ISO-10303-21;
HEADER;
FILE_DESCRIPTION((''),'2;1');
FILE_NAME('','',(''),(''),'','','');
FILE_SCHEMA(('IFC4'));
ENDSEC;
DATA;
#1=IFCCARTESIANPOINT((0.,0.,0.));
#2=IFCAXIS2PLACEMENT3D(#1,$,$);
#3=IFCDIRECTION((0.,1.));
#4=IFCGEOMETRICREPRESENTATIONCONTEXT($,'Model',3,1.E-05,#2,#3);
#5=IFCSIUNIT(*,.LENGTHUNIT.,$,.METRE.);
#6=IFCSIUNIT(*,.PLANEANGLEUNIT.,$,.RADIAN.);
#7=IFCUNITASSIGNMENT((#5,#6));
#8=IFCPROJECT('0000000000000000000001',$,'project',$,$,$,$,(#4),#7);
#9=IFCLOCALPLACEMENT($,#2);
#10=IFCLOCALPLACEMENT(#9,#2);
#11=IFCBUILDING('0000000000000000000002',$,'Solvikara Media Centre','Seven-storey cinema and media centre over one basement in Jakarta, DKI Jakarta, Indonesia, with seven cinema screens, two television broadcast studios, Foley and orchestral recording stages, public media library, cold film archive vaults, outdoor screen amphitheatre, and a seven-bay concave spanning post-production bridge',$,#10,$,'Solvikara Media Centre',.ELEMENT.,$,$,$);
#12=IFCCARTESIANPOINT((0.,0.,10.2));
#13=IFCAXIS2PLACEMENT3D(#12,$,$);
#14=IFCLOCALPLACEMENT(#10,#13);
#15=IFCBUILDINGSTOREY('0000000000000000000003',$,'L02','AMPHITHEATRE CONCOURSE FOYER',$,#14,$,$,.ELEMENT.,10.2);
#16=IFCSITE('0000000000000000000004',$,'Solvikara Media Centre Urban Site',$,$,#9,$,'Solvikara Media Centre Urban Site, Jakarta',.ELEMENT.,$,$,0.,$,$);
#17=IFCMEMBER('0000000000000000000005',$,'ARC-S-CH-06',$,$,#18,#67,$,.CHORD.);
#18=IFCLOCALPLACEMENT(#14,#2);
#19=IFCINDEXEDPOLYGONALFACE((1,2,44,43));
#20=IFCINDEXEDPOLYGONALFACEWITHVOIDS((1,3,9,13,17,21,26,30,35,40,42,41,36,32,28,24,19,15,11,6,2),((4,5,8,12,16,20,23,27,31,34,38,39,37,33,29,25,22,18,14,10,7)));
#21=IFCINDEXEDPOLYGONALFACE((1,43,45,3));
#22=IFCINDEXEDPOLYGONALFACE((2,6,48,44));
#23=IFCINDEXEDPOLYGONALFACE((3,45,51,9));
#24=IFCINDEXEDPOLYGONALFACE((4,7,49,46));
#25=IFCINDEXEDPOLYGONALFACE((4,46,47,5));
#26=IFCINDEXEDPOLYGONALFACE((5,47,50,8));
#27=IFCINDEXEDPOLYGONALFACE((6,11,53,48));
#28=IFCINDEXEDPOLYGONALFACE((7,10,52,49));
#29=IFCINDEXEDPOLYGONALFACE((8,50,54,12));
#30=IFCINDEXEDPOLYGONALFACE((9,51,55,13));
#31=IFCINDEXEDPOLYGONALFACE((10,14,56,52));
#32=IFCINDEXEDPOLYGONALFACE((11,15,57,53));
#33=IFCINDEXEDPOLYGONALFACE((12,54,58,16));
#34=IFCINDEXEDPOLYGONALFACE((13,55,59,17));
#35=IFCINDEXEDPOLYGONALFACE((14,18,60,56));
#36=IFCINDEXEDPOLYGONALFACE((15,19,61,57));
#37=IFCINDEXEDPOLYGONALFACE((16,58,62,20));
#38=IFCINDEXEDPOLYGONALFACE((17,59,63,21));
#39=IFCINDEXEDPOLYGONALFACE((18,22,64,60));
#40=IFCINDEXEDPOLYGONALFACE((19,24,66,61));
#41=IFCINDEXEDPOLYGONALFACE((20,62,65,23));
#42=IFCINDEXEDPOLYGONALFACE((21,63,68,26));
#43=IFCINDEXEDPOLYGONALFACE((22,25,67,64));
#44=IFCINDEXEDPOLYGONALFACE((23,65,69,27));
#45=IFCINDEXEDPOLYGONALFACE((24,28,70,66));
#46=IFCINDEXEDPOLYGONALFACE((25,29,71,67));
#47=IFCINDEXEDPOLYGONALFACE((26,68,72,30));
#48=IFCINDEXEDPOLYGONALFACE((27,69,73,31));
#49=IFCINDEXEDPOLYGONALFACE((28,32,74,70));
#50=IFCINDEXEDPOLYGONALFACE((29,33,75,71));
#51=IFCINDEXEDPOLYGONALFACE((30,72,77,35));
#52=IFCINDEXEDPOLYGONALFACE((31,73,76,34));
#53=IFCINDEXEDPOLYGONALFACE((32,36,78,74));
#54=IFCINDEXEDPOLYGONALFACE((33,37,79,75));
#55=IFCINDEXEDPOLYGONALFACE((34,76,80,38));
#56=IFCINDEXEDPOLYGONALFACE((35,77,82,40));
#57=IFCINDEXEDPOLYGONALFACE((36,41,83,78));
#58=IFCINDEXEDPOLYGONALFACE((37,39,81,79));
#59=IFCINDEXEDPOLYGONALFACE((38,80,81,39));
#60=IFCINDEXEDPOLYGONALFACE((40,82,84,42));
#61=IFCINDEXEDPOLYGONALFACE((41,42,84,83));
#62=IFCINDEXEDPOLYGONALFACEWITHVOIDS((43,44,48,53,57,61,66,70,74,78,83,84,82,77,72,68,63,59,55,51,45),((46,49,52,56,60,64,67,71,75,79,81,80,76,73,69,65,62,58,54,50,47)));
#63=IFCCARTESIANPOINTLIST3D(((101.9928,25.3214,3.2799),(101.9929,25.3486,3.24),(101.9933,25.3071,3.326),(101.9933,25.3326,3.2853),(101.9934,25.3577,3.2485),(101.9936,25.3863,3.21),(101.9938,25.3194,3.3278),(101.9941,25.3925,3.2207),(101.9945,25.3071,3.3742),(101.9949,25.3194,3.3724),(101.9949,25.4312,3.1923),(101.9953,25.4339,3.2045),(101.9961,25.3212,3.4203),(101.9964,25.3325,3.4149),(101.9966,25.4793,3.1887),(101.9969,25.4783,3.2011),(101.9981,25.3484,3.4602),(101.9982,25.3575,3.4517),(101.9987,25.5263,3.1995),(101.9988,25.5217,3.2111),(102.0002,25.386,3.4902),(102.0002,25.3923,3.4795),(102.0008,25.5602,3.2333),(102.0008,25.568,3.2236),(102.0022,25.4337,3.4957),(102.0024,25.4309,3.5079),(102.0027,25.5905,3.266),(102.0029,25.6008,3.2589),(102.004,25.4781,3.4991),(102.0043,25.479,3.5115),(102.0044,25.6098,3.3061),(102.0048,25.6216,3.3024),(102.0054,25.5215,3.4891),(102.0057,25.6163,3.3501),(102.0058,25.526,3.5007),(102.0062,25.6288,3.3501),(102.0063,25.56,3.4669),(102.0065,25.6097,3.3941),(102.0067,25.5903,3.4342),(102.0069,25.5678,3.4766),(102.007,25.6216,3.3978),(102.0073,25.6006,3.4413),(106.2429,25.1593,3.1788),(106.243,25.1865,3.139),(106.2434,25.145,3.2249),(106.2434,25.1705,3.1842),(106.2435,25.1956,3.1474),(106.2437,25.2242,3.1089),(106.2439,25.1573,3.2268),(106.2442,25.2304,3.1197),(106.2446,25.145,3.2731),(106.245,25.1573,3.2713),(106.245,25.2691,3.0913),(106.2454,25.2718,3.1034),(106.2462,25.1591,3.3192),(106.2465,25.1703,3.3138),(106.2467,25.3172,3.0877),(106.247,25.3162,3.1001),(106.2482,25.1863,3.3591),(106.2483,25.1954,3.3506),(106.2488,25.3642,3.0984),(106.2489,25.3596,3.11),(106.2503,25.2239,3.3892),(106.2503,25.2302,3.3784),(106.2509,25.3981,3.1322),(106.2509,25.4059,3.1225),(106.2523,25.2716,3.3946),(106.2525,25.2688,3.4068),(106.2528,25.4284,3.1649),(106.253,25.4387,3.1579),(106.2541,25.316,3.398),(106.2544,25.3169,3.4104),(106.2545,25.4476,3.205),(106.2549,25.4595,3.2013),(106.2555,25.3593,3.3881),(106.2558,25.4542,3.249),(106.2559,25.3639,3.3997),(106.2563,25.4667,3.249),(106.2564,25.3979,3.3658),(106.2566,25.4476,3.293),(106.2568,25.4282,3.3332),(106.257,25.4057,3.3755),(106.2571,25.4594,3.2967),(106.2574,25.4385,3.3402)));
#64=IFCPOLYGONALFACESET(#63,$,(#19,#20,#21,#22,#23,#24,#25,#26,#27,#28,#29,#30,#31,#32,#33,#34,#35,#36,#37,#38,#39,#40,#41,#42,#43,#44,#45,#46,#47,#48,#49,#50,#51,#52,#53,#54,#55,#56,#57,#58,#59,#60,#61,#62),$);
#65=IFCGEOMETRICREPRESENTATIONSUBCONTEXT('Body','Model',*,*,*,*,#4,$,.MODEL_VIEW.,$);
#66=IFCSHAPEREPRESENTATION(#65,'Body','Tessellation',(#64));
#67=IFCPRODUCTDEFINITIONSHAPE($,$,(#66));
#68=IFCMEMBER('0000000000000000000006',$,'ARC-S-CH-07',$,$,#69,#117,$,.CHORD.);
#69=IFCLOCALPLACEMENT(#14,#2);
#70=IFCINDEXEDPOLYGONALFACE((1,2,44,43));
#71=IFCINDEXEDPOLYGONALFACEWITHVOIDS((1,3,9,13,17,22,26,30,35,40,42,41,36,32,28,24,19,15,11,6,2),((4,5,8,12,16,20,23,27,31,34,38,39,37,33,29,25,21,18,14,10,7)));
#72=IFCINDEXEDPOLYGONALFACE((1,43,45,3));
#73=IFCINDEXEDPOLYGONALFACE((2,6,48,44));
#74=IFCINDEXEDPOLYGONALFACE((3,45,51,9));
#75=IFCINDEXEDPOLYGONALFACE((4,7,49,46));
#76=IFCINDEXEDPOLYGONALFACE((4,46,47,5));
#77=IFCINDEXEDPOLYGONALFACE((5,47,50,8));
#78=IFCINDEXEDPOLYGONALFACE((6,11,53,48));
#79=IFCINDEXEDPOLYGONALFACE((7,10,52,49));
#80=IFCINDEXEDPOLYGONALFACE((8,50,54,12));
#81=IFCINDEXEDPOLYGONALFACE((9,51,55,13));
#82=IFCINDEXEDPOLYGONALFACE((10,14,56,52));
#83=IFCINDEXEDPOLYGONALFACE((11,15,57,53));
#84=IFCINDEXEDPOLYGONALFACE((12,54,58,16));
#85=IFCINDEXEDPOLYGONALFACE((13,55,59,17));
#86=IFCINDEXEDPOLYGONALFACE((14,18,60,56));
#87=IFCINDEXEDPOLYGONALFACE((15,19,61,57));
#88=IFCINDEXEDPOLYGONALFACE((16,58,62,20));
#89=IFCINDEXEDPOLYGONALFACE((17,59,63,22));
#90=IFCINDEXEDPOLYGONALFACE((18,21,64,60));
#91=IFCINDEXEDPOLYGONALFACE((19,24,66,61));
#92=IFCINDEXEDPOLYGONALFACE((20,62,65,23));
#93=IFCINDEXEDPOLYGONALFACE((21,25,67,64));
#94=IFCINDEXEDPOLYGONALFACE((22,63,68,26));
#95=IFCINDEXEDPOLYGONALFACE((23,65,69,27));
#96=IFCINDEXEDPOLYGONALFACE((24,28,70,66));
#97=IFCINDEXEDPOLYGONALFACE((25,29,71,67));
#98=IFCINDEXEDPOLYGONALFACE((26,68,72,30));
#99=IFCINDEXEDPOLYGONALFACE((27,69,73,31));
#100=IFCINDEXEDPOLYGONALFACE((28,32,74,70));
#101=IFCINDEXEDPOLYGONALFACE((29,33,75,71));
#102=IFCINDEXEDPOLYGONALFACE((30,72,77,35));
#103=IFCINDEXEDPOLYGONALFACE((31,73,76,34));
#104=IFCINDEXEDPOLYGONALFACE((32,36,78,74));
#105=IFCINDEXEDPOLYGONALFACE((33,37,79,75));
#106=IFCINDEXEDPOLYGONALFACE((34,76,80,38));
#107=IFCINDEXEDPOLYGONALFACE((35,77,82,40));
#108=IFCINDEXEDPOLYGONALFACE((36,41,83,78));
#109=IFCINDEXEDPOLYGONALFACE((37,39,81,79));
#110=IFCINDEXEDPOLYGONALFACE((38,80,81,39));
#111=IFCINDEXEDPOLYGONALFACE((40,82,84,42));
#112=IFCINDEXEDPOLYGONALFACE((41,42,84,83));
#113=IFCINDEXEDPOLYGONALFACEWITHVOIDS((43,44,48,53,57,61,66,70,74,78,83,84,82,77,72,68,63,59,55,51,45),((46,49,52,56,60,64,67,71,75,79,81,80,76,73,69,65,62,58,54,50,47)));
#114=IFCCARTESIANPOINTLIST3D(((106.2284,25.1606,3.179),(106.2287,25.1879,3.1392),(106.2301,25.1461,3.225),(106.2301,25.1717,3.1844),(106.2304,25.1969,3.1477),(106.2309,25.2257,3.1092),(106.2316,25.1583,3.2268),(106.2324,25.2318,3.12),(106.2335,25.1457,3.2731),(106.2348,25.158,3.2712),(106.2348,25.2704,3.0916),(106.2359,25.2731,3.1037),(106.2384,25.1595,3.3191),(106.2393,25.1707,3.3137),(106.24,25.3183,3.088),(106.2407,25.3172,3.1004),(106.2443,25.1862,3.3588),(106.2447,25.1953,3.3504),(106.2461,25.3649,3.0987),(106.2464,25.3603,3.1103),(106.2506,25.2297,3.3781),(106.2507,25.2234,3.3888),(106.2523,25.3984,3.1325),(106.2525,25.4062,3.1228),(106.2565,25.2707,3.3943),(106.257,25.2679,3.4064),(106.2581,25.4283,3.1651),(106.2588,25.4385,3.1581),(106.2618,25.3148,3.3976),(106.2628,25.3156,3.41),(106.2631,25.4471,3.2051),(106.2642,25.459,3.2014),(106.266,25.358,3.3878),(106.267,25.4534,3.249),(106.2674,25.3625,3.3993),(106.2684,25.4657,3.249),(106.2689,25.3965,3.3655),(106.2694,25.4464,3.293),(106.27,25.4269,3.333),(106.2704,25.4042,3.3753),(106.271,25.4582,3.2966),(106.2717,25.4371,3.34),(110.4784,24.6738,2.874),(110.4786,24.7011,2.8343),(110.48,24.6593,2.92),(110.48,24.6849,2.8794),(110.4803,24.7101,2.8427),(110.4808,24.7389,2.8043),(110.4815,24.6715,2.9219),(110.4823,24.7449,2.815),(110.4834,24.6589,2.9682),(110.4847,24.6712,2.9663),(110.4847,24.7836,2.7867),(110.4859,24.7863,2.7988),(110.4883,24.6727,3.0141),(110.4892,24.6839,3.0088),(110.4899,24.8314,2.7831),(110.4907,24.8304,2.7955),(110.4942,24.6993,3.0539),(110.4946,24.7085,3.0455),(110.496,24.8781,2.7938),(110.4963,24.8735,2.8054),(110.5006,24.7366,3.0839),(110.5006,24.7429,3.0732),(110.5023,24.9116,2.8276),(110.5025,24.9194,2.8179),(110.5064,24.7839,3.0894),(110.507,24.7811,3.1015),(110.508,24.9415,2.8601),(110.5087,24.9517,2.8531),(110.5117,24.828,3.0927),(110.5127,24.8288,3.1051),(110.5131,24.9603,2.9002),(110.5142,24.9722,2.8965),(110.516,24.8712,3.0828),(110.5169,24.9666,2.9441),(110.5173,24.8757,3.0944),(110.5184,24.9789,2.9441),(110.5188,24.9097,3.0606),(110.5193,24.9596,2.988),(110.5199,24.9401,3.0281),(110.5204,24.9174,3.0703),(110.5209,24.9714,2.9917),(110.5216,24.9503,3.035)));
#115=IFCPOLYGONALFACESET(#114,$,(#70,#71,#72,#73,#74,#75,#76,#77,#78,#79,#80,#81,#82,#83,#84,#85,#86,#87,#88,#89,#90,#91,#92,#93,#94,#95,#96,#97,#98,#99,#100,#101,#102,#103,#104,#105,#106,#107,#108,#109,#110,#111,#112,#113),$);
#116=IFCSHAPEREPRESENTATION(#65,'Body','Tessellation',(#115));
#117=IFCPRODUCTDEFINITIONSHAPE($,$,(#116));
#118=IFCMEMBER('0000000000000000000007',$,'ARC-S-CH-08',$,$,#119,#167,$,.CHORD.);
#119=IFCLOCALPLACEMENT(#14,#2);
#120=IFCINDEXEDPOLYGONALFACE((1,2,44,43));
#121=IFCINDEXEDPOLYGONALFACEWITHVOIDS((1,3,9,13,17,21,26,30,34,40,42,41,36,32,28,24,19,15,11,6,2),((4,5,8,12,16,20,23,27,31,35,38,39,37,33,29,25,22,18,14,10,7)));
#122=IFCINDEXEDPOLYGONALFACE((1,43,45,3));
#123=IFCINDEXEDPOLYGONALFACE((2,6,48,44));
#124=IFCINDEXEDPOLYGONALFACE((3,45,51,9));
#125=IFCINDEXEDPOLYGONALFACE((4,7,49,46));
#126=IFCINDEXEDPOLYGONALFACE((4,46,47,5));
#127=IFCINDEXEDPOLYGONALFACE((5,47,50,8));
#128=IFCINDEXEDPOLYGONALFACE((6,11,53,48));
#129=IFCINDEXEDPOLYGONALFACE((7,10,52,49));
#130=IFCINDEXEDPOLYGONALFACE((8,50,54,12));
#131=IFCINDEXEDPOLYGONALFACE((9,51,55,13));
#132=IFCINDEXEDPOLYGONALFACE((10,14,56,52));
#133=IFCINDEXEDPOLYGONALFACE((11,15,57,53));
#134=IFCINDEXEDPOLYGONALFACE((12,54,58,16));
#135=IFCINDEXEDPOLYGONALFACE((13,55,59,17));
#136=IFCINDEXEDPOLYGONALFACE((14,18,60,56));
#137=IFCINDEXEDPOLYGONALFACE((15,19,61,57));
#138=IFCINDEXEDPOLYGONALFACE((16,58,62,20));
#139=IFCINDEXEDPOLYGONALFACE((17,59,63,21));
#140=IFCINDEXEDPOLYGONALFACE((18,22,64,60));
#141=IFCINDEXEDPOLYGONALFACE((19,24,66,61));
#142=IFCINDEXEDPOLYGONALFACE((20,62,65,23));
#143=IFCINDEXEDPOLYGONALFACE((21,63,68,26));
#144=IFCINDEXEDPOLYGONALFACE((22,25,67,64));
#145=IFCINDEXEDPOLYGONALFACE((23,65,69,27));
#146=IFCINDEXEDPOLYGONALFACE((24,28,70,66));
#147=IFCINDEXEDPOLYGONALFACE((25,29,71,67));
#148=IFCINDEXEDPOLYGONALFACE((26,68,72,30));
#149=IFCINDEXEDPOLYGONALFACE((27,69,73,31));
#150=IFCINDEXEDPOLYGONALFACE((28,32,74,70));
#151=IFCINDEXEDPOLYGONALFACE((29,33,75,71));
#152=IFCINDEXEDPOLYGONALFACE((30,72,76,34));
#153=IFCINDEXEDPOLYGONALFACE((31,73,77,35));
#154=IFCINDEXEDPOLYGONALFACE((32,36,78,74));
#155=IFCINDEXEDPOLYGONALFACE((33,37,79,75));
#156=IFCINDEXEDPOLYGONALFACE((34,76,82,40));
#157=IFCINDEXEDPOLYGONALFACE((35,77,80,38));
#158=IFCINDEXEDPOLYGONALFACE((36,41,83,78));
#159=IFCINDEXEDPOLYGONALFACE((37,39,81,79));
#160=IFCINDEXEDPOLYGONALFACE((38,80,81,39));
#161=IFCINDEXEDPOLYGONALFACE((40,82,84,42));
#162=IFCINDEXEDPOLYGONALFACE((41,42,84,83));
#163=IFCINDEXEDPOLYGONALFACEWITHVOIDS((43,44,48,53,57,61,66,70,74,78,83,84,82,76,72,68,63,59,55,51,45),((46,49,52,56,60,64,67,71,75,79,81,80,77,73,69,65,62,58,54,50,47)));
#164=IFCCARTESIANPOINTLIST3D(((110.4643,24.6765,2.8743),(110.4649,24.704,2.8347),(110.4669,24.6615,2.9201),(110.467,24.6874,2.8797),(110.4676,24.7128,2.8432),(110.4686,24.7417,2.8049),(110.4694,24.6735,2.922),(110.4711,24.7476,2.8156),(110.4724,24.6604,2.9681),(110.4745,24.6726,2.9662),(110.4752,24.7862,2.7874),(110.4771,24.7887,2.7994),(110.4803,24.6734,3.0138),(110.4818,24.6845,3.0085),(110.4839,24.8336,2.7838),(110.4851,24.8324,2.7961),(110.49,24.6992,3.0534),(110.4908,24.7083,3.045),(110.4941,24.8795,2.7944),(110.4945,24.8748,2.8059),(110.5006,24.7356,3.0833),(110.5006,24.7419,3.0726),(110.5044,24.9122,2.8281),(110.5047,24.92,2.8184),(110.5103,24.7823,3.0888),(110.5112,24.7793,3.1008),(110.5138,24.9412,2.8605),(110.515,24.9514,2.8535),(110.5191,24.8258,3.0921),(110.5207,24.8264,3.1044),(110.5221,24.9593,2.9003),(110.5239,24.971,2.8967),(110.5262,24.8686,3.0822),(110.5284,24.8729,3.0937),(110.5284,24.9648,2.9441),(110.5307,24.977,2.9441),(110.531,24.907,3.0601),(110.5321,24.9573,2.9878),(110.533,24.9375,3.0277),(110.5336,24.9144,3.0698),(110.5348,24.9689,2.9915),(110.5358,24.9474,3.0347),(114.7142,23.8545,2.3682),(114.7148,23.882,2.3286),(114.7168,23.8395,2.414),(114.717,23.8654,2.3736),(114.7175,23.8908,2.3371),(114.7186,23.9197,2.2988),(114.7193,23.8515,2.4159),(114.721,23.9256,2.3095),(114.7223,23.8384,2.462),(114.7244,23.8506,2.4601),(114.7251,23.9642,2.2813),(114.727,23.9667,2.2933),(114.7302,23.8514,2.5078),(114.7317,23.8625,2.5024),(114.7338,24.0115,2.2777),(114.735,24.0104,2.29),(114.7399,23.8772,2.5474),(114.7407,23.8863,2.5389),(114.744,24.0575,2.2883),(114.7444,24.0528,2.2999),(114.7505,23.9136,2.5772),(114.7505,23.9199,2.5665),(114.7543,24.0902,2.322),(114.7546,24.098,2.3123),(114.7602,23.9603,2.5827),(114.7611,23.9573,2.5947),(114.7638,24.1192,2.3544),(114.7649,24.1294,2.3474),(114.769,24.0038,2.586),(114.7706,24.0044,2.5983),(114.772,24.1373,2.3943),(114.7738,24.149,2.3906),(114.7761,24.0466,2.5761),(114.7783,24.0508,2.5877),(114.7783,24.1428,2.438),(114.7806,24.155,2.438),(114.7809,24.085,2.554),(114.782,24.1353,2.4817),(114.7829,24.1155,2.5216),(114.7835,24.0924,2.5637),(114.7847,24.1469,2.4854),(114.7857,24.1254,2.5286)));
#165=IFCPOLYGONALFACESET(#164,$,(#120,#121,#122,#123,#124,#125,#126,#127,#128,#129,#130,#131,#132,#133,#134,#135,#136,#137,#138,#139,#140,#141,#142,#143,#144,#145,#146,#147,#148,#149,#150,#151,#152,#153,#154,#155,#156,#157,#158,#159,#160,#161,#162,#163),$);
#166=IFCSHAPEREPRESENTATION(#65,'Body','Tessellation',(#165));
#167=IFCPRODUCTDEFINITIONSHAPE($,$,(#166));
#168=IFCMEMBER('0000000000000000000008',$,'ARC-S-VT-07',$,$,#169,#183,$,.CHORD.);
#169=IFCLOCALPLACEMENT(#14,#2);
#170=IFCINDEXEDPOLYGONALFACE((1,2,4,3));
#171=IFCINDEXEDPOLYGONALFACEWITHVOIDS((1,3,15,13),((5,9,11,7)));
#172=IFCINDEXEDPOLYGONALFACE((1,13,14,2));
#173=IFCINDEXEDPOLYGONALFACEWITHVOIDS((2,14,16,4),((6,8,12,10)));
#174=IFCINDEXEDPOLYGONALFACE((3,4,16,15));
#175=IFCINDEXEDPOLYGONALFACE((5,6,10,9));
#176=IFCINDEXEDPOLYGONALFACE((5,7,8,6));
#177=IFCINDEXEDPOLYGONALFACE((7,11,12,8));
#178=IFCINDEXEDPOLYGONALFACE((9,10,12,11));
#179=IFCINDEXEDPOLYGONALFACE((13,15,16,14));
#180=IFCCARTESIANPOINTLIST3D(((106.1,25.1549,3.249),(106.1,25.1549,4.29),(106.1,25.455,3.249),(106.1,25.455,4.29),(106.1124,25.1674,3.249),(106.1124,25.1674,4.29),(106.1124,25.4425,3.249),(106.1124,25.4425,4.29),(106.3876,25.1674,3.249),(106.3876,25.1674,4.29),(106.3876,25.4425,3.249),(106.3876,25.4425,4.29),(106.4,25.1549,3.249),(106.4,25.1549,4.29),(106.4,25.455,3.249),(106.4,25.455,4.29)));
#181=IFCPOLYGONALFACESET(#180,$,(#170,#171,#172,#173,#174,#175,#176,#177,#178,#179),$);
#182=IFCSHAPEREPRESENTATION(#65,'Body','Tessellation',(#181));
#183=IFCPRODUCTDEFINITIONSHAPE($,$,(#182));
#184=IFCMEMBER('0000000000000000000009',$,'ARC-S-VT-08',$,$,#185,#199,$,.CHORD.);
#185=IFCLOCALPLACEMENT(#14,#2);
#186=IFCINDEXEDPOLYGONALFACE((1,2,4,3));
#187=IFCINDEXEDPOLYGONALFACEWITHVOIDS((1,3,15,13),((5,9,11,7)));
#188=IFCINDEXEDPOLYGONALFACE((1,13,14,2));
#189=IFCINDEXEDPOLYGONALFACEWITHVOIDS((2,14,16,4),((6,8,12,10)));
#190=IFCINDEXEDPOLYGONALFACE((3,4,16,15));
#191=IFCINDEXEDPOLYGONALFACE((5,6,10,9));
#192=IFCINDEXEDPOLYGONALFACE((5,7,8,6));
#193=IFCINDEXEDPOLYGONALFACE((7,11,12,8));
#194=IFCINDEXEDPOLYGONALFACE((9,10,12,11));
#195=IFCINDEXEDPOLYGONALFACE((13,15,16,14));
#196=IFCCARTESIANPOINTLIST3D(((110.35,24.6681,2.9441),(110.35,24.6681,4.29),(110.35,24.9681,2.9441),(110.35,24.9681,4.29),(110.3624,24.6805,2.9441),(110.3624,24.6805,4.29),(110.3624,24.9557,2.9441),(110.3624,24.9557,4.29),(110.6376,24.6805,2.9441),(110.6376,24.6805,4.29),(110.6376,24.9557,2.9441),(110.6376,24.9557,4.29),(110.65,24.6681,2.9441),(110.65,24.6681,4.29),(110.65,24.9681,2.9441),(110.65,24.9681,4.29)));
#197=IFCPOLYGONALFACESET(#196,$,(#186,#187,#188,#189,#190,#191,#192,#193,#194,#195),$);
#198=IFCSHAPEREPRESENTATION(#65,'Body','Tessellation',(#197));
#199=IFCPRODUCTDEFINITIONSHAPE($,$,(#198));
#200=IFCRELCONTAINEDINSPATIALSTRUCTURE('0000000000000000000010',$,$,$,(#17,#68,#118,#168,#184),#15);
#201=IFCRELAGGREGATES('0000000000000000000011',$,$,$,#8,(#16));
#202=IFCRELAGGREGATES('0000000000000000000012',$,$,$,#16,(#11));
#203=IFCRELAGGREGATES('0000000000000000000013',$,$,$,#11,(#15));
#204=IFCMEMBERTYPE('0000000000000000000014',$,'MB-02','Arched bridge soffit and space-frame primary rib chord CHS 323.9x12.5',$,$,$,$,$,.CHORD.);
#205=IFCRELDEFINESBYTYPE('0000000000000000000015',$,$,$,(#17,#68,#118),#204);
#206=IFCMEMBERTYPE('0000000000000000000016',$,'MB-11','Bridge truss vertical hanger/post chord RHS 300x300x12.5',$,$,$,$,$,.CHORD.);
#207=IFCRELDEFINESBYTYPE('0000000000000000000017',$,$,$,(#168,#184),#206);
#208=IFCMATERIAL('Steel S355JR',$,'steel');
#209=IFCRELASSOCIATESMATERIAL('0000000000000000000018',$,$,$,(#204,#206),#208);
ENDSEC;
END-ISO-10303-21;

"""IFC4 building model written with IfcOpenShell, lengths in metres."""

from ifc_helpers import new_model, si_unit, direction, frame, origin, origin_2d, place, context, subcontext, project, spatial, hollow_rectangle, hollow_circle, extrude, material, material_profile, profile_set, type_object, element, save


model = new_model("IFC4")

# Units and contexts
model_context = context("Model", 3, precision=1e-05, world=origin(), true_north=direction((0.0, 1.0)))
body_context = subcontext(model_context, "Body", "Model", "MODEL_VIEW")
ifc_project = project(units=[si_unit("LENGTHUNIT", "METRE"), si_unit("PLANEANGLEUNIT", "RADIAN")], contexts=[model_context])

# Site, building, storey
site_placement = place(None, origin())
site = spatial("IfcSite", under=ifc_project, at=site_placement, Name="Solvikara Media Centre Urban Site", LongName="Solvikara Media Centre Urban Site, Jakarta", CompositionType="ELEMENT", RefElevation=0.0)
building_placement = place(site_placement, origin())
building = spatial("IfcBuilding", under=site, at=building_placement, Name="Solvikara Media Centre", Description="Seven-storey cinema and media centre over one basement in Jakarta, DKI Jakarta, Indonesia, with seven cinema screens, two television broadcast studios, Foley and orchestral recording stages, public media library, cold film archive vaults, outdoor screen amphitheatre, and a seven-bay concave spanning post-production bridge", LongName="Solvikara Media Centre", CompositionType="ELEMENT")
storey_placement = place(building_placement, frame((0.0, 0.0, 10.2)))
storey = spatial("IfcBuildingStorey", under=building, at=storey_placement, Name="L02", Description="AMPHITHEATRE CONCOURSE FOYER", CompositionType="ELEMENT", Elevation=10.2)

# Members
ifc_material_1 = material(Name="Steel S355JR", Category="steel")
ifc_material_profile_1 = material_profile(ifc_material_1, hollow_circle(Radius=0.1619, WallThickness=0.0125, at=origin_2d()), Name="CHS 323.9x12.5")
ifc_profile_set_1 = profile_set([ifc_material_profile_1], Name="Steel S355JR")
member_type_1 = type_object("IfcMemberType", Name="MB-02", Description="Arched bridge soffit and space-frame primary rib chord CHS 323.9x12.5", PredefinedType="CHORD", material=ifc_profile_set_1)
member_1_placement = place(storey_placement, frame((102.0, 25.467, 3.3501), z_axis=(0.998991, -0.038105, -0.023758), x_axis=(0.038116, 0.999273, 0.0)))
element("IfcMember", 1, at=member_1_placement, inside=storey, type_object=member_type_1, Name="ARC-S-CH-06", PredefinedType="CHORD", context=body_context, shape_type="SweptSolid", body=[
    extrude(hollow_circle(Radius=0.1619, WallThickness=0.0125, at=origin_2d()), origin(), (0.0, 0.0, 1.0), 4.2544),
])
member_2_placement = place(storey_placement, frame((106.25, 25.3049, 3.249), z_axis=(0.990989, -0.113513, -0.071102), x_axis=(0.113801, 0.993504, 0.0)))
element("IfcMember", 2, at=member_2_placement, inside=storey, type_object=member_type_1, Name="ARC-S-CH-07", PredefinedType="CHORD", context=body_context, shape_type="SweptSolid", body=[
    extrude(hollow_circle(Radius=0.1619, WallThickness=0.0125, at=origin_2d()), origin(), (0.0, 0.0, 1.0), 4.2886),
])
member_3_placement = place(storey_placement, frame((110.5, 24.8181, 2.9441), z_axis=(0.975162, -0.188613, -0.116125), x_axis=(0.189897, 0.981804, 0.0)))
element("IfcMember", 3, at=member_3_placement, inside=storey, type_object=member_type_1, Name="ARC-S-CH-08", PredefinedType="CHORD", context=body_context, shape_type="SweptSolid", body=[
    extrude(hollow_circle(Radius=0.1619, WallThickness=0.0125, at=origin_2d()), origin(), (0.0, 0.0, 1.0), 4.3582),
])
ifc_material_profile_2 = material_profile(ifc_material_1, hollow_rectangle(XDim=0.3, YDim=0.3, WallThickness=0.0125, at=origin_2d()), Name="RHS 300x300x12.5")
ifc_profile_set_2 = profile_set([ifc_material_profile_2], Name="Steel S355JR")
member_type_2 = type_object("IfcMemberType", Name="MB-11", Description="Bridge truss vertical hanger/post chord RHS 300x300x12.5", PredefinedType="CHORD", material=ifc_profile_set_2)
member_4_placement = place(storey_placement, frame((106.25, 25.3049, 3.249), z_axis=(0.0, 0.0, 1.0), x_axis=(1.0, 0.0, 0.0)))
element("IfcMember", 4, at=member_4_placement, inside=storey, type_object=member_type_2, Name="ARC-S-VT-07", PredefinedType="CHORD", context=body_context, shape_type="SweptSolid", body=[
    extrude(hollow_rectangle(XDim=0.3, YDim=0.3, WallThickness=0.0125, at=origin_2d()), origin(), (0.0, 0.0, 1.0), 1.041),
])
member_5_placement = place(storey_placement, frame((110.5, 24.8181, 2.9441), z_axis=(0.0, 0.0, 1.0), x_axis=(1.0, 0.0, 0.0)))
element("IfcMember", 5, at=member_5_placement, inside=storey, type_object=member_type_2, Name="ARC-S-VT-08", PredefinedType="CHORD", context=body_context, shape_type="SweptSolid", body=[
    extrude(hollow_rectangle(XDim=0.3, YDim=0.3, WallThickness=0.0125, at=origin_2d()), origin(), (0.0, 0.0, 1.0), 1.3459),
])

save(model, "model.ifc")
